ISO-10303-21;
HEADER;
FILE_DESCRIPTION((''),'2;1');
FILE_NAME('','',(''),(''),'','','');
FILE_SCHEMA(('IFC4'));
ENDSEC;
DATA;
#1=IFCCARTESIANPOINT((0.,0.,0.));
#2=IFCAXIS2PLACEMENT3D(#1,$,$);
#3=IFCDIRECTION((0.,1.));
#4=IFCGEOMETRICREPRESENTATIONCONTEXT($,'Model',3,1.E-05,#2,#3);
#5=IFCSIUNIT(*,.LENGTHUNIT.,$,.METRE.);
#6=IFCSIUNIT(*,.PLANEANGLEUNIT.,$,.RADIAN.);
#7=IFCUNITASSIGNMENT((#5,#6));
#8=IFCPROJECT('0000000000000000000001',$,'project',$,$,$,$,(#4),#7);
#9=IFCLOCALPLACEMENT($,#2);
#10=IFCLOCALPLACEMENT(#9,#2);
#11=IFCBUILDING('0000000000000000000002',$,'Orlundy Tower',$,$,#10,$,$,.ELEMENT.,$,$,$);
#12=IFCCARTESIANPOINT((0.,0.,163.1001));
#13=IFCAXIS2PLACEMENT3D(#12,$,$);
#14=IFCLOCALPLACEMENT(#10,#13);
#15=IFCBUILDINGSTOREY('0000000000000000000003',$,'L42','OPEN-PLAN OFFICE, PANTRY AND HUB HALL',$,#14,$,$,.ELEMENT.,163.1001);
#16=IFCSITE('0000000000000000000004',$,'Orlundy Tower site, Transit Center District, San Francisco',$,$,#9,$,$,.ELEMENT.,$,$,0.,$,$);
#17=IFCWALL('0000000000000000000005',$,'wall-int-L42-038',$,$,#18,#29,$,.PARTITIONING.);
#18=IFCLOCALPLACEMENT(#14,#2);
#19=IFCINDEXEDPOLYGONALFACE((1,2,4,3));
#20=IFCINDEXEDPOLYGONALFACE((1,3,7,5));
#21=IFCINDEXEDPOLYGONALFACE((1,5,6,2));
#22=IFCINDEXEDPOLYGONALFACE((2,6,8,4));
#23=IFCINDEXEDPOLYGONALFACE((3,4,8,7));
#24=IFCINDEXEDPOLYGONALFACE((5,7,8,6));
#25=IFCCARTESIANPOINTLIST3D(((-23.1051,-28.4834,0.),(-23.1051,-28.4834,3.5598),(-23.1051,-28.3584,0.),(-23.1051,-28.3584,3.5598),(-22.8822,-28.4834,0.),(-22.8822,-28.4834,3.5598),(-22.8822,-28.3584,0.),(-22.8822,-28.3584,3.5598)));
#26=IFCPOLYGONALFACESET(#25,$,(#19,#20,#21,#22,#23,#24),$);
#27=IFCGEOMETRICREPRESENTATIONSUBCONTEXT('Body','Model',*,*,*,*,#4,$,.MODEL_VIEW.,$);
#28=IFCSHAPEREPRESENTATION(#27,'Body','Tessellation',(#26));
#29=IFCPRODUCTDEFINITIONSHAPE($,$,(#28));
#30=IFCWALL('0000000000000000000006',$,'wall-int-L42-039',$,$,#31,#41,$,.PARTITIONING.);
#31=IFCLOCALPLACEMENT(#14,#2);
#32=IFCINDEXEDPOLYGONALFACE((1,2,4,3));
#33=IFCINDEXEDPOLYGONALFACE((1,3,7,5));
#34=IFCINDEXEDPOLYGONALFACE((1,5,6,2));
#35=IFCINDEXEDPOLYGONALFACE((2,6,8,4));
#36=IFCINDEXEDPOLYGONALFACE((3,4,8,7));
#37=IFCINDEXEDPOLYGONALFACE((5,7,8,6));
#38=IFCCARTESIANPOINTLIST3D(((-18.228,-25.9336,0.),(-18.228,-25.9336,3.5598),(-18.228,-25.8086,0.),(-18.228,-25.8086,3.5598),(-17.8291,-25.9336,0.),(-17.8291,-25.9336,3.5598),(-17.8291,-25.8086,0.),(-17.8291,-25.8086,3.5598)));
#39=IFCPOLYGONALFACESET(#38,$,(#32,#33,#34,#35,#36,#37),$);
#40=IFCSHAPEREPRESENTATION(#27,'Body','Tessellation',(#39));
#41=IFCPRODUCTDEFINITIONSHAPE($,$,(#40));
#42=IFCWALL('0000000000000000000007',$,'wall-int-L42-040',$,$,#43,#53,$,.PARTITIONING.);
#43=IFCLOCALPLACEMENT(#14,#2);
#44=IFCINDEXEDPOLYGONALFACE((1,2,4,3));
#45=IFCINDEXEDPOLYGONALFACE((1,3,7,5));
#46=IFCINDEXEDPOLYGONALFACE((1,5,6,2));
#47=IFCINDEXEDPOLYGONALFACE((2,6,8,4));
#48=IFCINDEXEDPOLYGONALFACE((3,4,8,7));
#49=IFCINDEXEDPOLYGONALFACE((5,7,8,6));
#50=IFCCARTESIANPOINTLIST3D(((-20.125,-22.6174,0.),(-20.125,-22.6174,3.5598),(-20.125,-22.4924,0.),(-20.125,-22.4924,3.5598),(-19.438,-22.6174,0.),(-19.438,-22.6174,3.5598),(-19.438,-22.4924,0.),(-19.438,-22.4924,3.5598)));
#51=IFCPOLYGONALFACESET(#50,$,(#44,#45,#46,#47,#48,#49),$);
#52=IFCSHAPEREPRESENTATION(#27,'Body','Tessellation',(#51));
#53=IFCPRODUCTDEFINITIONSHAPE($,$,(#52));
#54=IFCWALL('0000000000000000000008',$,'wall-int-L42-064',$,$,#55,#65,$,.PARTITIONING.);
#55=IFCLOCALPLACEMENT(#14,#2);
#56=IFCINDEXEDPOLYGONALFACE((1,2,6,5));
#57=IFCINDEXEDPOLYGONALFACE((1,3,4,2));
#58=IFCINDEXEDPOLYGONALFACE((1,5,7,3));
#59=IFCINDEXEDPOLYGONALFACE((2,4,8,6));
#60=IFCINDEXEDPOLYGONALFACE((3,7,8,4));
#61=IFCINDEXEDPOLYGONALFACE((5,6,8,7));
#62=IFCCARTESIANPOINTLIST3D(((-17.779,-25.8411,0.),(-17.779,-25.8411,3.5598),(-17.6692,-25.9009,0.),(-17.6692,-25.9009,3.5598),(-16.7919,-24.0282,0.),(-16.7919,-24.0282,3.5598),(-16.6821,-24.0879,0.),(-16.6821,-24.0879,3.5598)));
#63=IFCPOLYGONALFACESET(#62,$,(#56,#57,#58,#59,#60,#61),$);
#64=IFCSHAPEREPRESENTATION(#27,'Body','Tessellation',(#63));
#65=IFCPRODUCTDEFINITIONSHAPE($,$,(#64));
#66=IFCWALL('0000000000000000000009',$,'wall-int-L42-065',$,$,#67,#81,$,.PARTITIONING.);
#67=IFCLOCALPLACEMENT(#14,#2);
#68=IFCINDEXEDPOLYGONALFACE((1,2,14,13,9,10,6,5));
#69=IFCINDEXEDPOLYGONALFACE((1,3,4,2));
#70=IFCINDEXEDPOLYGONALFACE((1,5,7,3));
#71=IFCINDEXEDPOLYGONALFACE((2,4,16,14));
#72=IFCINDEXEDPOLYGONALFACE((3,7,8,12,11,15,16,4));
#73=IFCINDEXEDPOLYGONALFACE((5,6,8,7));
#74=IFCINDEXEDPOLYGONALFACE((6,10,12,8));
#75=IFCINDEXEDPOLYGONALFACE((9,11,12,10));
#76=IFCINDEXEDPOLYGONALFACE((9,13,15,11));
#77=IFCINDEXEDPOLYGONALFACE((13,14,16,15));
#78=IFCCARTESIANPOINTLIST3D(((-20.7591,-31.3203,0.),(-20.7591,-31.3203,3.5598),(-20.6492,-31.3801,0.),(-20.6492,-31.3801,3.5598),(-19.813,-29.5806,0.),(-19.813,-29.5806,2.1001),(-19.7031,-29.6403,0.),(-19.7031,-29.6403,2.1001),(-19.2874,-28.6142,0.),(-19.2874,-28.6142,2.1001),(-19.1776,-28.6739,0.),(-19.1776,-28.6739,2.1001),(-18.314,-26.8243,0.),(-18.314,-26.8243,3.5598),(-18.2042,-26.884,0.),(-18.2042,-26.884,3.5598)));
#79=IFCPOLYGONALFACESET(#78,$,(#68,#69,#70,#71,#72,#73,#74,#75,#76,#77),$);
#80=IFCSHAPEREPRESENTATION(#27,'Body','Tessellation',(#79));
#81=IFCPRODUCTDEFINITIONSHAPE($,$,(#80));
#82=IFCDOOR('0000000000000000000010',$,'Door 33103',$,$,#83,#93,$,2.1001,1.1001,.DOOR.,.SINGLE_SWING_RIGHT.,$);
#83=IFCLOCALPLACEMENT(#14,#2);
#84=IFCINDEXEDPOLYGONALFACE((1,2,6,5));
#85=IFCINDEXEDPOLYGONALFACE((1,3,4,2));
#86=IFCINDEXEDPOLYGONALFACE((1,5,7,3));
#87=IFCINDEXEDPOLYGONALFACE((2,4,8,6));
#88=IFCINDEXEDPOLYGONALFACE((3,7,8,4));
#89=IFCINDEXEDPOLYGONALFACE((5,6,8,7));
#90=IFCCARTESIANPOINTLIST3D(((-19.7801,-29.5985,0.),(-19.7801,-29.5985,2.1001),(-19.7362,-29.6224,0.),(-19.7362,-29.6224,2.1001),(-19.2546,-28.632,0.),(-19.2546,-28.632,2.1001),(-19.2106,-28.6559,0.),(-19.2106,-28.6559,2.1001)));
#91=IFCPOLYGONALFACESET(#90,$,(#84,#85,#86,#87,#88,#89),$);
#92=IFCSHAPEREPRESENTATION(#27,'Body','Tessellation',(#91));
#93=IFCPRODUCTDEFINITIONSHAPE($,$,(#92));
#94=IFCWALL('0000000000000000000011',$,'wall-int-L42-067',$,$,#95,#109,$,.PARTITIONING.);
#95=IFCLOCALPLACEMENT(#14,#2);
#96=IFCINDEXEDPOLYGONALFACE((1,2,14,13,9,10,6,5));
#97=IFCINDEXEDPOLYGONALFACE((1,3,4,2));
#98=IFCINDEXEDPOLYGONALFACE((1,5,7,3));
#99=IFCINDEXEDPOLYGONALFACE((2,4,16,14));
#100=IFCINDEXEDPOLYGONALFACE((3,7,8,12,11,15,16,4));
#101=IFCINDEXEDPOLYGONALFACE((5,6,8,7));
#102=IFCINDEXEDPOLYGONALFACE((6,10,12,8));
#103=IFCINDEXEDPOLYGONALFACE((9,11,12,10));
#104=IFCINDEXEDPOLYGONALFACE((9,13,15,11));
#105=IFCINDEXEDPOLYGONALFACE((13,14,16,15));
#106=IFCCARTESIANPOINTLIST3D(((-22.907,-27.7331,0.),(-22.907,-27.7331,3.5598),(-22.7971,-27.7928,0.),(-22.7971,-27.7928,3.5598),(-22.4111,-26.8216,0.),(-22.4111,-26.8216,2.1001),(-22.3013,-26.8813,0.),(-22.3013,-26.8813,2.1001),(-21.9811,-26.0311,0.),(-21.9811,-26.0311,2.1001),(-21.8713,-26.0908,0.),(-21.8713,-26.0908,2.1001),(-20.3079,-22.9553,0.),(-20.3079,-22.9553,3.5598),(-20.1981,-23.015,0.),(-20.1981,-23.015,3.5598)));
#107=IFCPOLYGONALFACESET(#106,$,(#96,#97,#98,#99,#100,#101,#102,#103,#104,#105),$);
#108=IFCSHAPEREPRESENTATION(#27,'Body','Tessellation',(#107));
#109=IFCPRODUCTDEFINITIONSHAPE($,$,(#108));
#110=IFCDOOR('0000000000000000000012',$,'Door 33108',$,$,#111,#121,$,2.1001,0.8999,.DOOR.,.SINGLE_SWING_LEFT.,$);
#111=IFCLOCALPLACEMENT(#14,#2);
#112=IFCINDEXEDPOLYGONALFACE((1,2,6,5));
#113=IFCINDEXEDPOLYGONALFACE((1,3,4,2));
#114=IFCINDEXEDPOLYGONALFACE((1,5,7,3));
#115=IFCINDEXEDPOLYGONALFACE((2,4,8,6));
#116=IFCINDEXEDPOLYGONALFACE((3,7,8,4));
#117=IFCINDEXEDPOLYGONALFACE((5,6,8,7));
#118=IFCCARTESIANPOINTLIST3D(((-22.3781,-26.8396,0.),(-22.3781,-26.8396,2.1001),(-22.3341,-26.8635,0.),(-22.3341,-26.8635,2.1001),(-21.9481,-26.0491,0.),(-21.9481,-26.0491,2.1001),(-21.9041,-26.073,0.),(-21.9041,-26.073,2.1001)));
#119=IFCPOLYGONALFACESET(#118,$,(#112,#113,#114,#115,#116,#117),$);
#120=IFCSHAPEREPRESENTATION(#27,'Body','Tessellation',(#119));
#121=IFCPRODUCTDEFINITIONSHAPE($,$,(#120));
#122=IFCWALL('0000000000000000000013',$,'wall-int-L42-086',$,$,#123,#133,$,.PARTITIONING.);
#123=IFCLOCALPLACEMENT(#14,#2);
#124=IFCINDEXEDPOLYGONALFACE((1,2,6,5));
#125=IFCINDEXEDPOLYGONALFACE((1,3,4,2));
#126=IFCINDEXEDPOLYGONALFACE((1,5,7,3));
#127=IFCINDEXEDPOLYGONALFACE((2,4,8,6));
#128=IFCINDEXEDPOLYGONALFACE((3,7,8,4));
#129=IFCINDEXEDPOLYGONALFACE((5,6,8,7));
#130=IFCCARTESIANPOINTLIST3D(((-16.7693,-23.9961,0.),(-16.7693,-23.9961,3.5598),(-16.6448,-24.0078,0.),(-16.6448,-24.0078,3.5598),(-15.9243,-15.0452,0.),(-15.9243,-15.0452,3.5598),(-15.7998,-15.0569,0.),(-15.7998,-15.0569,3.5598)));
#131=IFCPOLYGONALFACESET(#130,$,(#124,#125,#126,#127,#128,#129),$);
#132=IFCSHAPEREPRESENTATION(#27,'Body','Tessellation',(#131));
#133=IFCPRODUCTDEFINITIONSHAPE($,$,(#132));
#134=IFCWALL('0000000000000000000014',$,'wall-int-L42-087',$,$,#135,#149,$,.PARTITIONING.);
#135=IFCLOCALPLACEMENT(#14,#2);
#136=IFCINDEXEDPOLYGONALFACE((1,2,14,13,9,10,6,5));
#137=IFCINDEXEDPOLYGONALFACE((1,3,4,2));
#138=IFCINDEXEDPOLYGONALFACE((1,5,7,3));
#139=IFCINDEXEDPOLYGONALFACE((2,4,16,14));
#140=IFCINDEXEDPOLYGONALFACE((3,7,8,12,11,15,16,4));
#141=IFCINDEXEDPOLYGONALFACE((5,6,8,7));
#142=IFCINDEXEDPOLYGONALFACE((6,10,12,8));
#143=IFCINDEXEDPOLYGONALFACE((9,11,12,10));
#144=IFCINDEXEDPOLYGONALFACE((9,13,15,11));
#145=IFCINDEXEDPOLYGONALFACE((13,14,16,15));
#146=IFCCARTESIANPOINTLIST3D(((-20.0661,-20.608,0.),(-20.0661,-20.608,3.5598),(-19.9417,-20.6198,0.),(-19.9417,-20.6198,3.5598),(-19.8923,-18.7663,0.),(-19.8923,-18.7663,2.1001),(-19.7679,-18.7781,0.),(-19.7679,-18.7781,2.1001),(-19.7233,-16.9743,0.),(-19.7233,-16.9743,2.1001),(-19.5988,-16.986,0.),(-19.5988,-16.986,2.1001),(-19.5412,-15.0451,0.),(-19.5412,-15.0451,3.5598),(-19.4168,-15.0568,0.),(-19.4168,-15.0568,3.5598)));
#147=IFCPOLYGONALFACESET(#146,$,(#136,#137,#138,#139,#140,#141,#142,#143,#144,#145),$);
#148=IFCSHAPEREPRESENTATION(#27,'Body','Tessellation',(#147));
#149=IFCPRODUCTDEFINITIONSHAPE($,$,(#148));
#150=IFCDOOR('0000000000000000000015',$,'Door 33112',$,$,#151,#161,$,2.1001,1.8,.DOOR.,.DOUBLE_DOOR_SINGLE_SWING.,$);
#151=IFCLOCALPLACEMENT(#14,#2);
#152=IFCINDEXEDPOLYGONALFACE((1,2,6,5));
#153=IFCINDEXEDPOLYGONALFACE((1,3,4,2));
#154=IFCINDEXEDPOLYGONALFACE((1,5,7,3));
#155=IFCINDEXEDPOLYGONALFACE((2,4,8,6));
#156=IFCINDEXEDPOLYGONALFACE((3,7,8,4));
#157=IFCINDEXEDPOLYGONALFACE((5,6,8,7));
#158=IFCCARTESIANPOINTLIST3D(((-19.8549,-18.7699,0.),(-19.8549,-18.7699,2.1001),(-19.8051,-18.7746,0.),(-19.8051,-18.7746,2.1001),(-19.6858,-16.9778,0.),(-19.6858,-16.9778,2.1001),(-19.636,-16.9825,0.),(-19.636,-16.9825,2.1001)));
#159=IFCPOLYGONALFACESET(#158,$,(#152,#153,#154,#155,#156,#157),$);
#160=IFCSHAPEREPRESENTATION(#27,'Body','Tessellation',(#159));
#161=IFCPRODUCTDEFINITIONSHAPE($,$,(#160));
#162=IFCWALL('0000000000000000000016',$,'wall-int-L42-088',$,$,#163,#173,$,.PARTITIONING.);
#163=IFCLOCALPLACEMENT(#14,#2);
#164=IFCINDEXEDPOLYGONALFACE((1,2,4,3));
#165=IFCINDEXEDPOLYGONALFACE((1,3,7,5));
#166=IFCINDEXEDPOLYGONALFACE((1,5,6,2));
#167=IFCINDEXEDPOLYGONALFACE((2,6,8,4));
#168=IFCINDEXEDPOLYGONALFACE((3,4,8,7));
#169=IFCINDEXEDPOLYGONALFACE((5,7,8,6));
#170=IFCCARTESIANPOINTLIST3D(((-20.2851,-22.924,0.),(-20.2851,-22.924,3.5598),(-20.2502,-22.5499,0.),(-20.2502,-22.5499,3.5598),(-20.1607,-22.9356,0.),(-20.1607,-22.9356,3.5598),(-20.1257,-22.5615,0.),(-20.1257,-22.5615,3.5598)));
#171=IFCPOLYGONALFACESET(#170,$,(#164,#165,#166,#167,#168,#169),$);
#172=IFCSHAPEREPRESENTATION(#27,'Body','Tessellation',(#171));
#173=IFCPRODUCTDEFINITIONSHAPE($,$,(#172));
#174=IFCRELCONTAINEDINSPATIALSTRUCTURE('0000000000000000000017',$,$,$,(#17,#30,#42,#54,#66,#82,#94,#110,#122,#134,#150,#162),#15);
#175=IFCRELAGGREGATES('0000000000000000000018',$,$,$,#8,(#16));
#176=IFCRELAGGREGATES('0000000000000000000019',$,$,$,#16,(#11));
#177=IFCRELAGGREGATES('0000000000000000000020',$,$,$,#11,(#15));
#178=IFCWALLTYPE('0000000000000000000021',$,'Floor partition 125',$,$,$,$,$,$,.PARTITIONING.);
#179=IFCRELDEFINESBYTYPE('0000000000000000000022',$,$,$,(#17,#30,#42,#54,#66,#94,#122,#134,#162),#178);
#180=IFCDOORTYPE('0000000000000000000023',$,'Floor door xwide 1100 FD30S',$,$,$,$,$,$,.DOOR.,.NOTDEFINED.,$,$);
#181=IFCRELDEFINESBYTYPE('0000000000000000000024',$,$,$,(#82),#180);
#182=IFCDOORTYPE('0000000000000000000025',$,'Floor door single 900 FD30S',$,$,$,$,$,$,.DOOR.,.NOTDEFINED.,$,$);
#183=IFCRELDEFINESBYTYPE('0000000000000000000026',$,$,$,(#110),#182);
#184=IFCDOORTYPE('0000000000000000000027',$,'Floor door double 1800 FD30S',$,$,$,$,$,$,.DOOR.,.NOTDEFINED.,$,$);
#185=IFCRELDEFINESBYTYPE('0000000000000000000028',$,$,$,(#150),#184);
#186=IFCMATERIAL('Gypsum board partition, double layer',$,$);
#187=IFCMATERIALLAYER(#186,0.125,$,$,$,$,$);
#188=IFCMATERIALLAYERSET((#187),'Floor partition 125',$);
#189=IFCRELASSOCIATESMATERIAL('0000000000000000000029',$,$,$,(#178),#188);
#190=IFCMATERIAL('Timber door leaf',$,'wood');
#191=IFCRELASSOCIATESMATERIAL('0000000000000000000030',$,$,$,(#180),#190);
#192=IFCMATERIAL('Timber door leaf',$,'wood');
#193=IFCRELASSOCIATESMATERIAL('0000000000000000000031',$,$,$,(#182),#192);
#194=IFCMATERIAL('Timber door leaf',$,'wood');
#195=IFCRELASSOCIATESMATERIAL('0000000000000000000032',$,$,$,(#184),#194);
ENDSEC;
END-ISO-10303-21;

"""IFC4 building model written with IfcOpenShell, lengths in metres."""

from ifc_helpers import new_model, si_unit, direction, frame, frame_2d, origin, place, context, subcontext, project, spatial, rectangle, extrude, material, layer, layer_set, type_object, element, fill, save


model = new_model("IFC4")

# Units and contexts
model_context = context("Model", 3, precision=1e-05, world=origin(), true_north=direction((0.0, 1.0)))
body_context = subcontext(model_context, "Body", "Model", "MODEL_VIEW")
ifc_project = project(units=[si_unit("LENGTHUNIT", "METRE"), si_unit("PLANEANGLEUNIT", "RADIAN")], contexts=[model_context])

# Site, building, storey
site_placement = place(None, origin())
site = spatial("IfcSite", under=ifc_project, at=site_placement, Name="Orlundy Tower site, Transit Center District, San Francisco", CompositionType="ELEMENT", RefElevation=0.0)
building_placement = place(site_placement, origin())
building = spatial("IfcBuilding", under=site, at=building_placement, Name="Orlundy Tower", CompositionType="ELEMENT")
storey_placement = place(building_placement, frame((0.0, 0.0, 163.1001)))
storey = spatial("IfcBuildingStorey", under=building, at=storey_placement, Name="L42", Description="OPEN-PLAN OFFICE, PANTRY AND HUB HALL", CompositionType="ELEMENT", Elevation=163.1001)

# Walls
ifc_material_1 = material(Name="Gypsum board partition, double layer")
ifc_layer_1 = layer(ifc_material_1, 0.125)
ifc_layer_set_1 = layer_set([ifc_layer_1], Name="Floor partition 125")
wall_type_1 = type_object("IfcWallType", Name="Floor partition 125", PredefinedType="PARTITIONING", material=ifc_layer_set_1)
wall_1_placement = place(storey_placement, frame((-23.105, -28.4209, 0.0), z_axis=(0.0, 0.0, 1.0), x_axis=(1.0, 0.0, 0.0)))
element("IfcWall", 1, at=wall_1_placement, inside=storey, type_object=wall_type_1, Name="wall-int-L42-038", PredefinedType="PARTITIONING", context=body_context, shape_type="SweptSolid", body=[
    extrude(rectangle(XDim=0.2229, YDim=0.125, at=frame_2d((0.1113, 0.0))), origin(), (0.0, 0.0, 1.0), 3.5598),
])
wall_2_placement = place(storey_placement, frame((-18.228, -25.8711, 0.0), z_axis=(0.0, 0.0, 1.0), x_axis=(1.0, 0.0, 0.0)))
element("IfcWall", 2, at=wall_2_placement, inside=storey, type_object=wall_type_1, Name="wall-int-L42-039", PredefinedType="PARTITIONING", context=body_context, shape_type="SweptSolid", body=[
    extrude(rectangle(XDim=0.3989, YDim=0.125, at=frame_2d((0.1995, 0.0))), origin(), (0.0, 0.0, 1.0), 3.5598),
])
wall_3_placement = place(storey_placement, frame((-20.125, -22.5549, 0.0), z_axis=(0.0, 0.0, 1.0), x_axis=(1.0, 0.0, 0.0)))
element("IfcWall", 3, at=wall_3_placement, inside=storey, type_object=wall_type_1, Name="wall-int-L42-040", PredefinedType="PARTITIONING", context=body_context, shape_type="SweptSolid", body=[
    extrude(rectangle(XDim=0.687, YDim=0.125, at=frame_2d((0.3435, 0.0))), origin(), (0.0, 0.0, 1.0), 3.5598),
])
wall_4_placement = place(storey_placement, frame((-17.7241, -25.8711, 0.0), z_axis=(0.0, 0.0, 1.0), x_axis=(0.478164, 0.87827, 0.0)))
element("IfcWall", 4, at=wall_4_placement, inside=storey, type_object=wall_type_1, Name="wall-int-L42-064", PredefinedType="PARTITIONING", context=body_context, shape_type="SweptSolid", body=[
    extrude(rectangle(XDim=2.0642, YDim=0.125, at=frame_2d((1.0322, 0.0))), origin(), (0.0, 0.0, 1.0), 3.5598),
])

# Walls, openings, doors
wall_5_placement = place(storey_placement, frame((-18.259, -26.854, 0.0), z_axis=(0.0, 0.0, 1.0), x_axis=(-0.477745, -0.878498, 0.0)))
wall_5 = element("IfcWall", 5, at=wall_5_placement, inside=storey, type_object=wall_type_1, Name="wall-int-L42-065", PredefinedType="PARTITIONING", context=body_context, shape_type="SweptSolid", body=[
    extrude(rectangle(XDim=5.1179, YDim=0.125, at=frame_2d((2.5591, 0.0))), origin(), (0.0, 0.0, 1.0), 3.5598),
])
opening_1_placement = place(wall_5_placement, frame((2.0376, 0.0, 0.0)))
opening_1 = element("IfcOpeningElement", 6, at=opening_1_placement, cuts=wall_5, PredefinedType="OPENING", context=body_context, shape_type="SweptSolid", body=[
    extrude(rectangle(XDim=1.1001, YDim=2.1001, at=frame_2d((0.55, 1.05))), frame((0.0, 0.0725, 0.0), z_axis=(0.0, -1.0, 0.0), x_axis=(1.0, 0.0, 0.0)), (0.0, 0.0, 1.0), 0.145),
])
ifc_material_2 = material(Name="Timber door leaf", Category="wood")
door_type_1 = type_object("IfcDoorType", Name="Floor door xwide 1100 FD30S", OperationType="NOTDEFINED", PredefinedType="DOOR", material=ifc_material_2)
door_1_placement = place(opening_1_placement, origin())
door_1 = element("IfcDoor", 7, at=door_1_placement, inside=storey, type_object=door_type_1, Name="Door 33103", OperationType="SINGLE_SWING_RIGHT", OverallHeight=2.1001, OverallWidth=1.1001, PredefinedType="DOOR", context=body_context, shape_type="SweptSolid", body=[
    extrude(rectangle(XDim=1.1001, YDim=2.1001, at=frame_2d((0.55, 1.05))), frame((0.0, 0.0249, 0.0), z_axis=(0.0, -1.0, 0.0), x_axis=(1.0, 0.0, 0.0)), (0.0, 0.0, 1.0), 0.05),
])
fill(opening_1, door_1)
wall_6_placement = place(storey_placement, frame((-22.8521, -27.7629, 0.0), z_axis=(0.0, 0.0, 1.0), x_axis=(0.477864, 0.878434, 0.0)))
wall_6 = element("IfcWall", 8, at=wall_6_placement, inside=storey, type_object=wall_type_1, Name="wall-int-L42-067", PredefinedType="PARTITIONING", context=body_context, shape_type="SweptSolid", body=[
    extrude(rectangle(XDim=5.439, YDim=0.125, at=frame_2d((2.7195, 0.0))), origin(), (0.0, 0.0, 1.0), 3.5598),
])
opening_2_placement = place(wall_6_placement, frame((1.0376, 0.0, 0.0)))
opening_2 = element("IfcOpeningElement", 9, at=opening_2_placement, cuts=wall_6, PredefinedType="OPENING", context=body_context, shape_type="SweptSolid", body=[
    extrude(rectangle(XDim=0.8999, YDim=2.1001, at=frame_2d((0.45, 1.05))), frame((0.0, 0.0725, 0.0), z_axis=(0.0, -1.0, 0.0), x_axis=(1.0, 0.0, 0.0)), (0.0, 0.0, 1.0), 0.145),
])
ifc_material_3 = material(Name="Timber door leaf", Category="wood")
door_type_2 = type_object("IfcDoorType", Name="Floor door single 900 FD30S", OperationType="NOTDEFINED", PredefinedType="DOOR", material=ifc_material_3)
door_2_placement = place(opening_2_placement, origin())
door_2 = element("IfcDoor", 10, at=door_2_placement, inside=storey, type_object=door_type_2, Name="Door 33108", OperationType="SINGLE_SWING_LEFT", OverallHeight=2.1001, OverallWidth=0.8999, PredefinedType="DOOR", context=body_context, shape_type="SweptSolid", body=[
    extrude(rectangle(XDim=0.8999, YDim=2.1001, at=frame_2d((0.45, 1.05))), frame((0.0, 0.0249, 0.0), z_axis=(0.0, -1.0, 0.0), x_axis=(1.0, 0.0, 0.0)), (0.0, 0.0, 1.0), 0.05),
])
fill(opening_2, door_2)

# Wall
wall_7_placement = place(storey_placement, frame((-16.707, -24.002, 0.0), z_axis=(0.0, 0.0, 1.0), x_axis=(0.093983, 0.995574, 0.0)))
element("IfcWall", 11, at=wall_7_placement, inside=storey, type_object=wall_type_1, Name="wall-int-L42-086", PredefinedType="PARTITIONING", context=body_context, shape_type="SweptSolid", body=[
    extrude(rectangle(XDim=8.9907, YDim=0.125, at=frame_2d((4.4954, 0.0))), origin(), (0.0, 0.0, 1.0), 3.5598),
])

# Wall, opening, door
wall_8_placement = place(storey_placement, frame((-20.0039, -20.614, 0.0), z_axis=(0.0, 0.0, 1.0), x_axis=(0.093939, 0.995578, 0.0)))
wall_8 = element("IfcWall", 12, at=wall_8_placement, inside=storey, type_object=wall_type_1, Name="wall-int-L42-087", PredefinedType="PARTITIONING", context=body_context, shape_type="SweptSolid", body=[
    extrude(rectangle(XDim=5.5876, YDim=0.125, at=frame_2d((2.7939, 0.0))), origin(), (0.0, 0.0, 1.0), 3.5598),
])
opening_3_placement = place(wall_8_placement, frame((1.8501, 0.0, 0.0)))
opening_3 = element("IfcOpeningElement", 13, at=opening_3_placement, cuts=wall_8, PredefinedType="OPENING", context=body_context, shape_type="SweptSolid", body=[
    extrude(rectangle(XDim=1.8, YDim=2.1001, at=frame_2d((0.8999, 1.05))), frame((0.0, 0.0725, 0.0), z_axis=(0.0, -1.0, 0.0), x_axis=(1.0, 0.0, 0.0)), (0.0, 0.0, 1.0), 0.145),
])
ifc_material_4 = material(Name="Timber door leaf", Category="wood")
door_type_3 = type_object("IfcDoorType", Name="Floor door double 1800 FD30S", OperationType="NOTDEFINED", PredefinedType="DOOR", material=ifc_material_4)
door_3_placement = place(opening_3_placement, origin())
door_3 = element("IfcDoor", 14, at=door_3_placement, inside=storey, type_object=door_type_3, Name="Door 33112", OperationType="DOUBLE_DOOR_SINGLE_SWING", OverallHeight=2.1001, OverallWidth=1.8, PredefinedType="DOOR", context=body_context, shape_type="SweptSolid", body=[
    extrude(rectangle(XDim=1.8, YDim=2.1001, at=frame_2d((0.8999, 1.05))), frame((0.0, 0.0249, 0.0), z_axis=(0.0, -1.0, 0.0), x_axis=(1.0, 0.0, 0.0)), (0.0, 0.0, 1.0), 0.05),
])
fill(opening_3, door_3)

# Wall
wall_9_placement = place(storey_placement, frame((-20.2229, -22.9299, 0.0), z_axis=(0.0, 0.0, 1.0), x_axis=(0.092938, 0.995672, 0.0)))
element("IfcWall", 15, at=wall_9_placement, inside=storey, type_object=wall_type_1, Name="wall-int-L42-088", PredefinedType="PARTITIONING", context=body_context, shape_type="SweptSolid", body=[
    extrude(rectangle(XDim=0.3757, YDim=0.125, at=frame_2d((0.188, 0.0))), origin(), (0.0, 0.0, 1.0), 3.5598),
])

save(model, "model.ifc")
